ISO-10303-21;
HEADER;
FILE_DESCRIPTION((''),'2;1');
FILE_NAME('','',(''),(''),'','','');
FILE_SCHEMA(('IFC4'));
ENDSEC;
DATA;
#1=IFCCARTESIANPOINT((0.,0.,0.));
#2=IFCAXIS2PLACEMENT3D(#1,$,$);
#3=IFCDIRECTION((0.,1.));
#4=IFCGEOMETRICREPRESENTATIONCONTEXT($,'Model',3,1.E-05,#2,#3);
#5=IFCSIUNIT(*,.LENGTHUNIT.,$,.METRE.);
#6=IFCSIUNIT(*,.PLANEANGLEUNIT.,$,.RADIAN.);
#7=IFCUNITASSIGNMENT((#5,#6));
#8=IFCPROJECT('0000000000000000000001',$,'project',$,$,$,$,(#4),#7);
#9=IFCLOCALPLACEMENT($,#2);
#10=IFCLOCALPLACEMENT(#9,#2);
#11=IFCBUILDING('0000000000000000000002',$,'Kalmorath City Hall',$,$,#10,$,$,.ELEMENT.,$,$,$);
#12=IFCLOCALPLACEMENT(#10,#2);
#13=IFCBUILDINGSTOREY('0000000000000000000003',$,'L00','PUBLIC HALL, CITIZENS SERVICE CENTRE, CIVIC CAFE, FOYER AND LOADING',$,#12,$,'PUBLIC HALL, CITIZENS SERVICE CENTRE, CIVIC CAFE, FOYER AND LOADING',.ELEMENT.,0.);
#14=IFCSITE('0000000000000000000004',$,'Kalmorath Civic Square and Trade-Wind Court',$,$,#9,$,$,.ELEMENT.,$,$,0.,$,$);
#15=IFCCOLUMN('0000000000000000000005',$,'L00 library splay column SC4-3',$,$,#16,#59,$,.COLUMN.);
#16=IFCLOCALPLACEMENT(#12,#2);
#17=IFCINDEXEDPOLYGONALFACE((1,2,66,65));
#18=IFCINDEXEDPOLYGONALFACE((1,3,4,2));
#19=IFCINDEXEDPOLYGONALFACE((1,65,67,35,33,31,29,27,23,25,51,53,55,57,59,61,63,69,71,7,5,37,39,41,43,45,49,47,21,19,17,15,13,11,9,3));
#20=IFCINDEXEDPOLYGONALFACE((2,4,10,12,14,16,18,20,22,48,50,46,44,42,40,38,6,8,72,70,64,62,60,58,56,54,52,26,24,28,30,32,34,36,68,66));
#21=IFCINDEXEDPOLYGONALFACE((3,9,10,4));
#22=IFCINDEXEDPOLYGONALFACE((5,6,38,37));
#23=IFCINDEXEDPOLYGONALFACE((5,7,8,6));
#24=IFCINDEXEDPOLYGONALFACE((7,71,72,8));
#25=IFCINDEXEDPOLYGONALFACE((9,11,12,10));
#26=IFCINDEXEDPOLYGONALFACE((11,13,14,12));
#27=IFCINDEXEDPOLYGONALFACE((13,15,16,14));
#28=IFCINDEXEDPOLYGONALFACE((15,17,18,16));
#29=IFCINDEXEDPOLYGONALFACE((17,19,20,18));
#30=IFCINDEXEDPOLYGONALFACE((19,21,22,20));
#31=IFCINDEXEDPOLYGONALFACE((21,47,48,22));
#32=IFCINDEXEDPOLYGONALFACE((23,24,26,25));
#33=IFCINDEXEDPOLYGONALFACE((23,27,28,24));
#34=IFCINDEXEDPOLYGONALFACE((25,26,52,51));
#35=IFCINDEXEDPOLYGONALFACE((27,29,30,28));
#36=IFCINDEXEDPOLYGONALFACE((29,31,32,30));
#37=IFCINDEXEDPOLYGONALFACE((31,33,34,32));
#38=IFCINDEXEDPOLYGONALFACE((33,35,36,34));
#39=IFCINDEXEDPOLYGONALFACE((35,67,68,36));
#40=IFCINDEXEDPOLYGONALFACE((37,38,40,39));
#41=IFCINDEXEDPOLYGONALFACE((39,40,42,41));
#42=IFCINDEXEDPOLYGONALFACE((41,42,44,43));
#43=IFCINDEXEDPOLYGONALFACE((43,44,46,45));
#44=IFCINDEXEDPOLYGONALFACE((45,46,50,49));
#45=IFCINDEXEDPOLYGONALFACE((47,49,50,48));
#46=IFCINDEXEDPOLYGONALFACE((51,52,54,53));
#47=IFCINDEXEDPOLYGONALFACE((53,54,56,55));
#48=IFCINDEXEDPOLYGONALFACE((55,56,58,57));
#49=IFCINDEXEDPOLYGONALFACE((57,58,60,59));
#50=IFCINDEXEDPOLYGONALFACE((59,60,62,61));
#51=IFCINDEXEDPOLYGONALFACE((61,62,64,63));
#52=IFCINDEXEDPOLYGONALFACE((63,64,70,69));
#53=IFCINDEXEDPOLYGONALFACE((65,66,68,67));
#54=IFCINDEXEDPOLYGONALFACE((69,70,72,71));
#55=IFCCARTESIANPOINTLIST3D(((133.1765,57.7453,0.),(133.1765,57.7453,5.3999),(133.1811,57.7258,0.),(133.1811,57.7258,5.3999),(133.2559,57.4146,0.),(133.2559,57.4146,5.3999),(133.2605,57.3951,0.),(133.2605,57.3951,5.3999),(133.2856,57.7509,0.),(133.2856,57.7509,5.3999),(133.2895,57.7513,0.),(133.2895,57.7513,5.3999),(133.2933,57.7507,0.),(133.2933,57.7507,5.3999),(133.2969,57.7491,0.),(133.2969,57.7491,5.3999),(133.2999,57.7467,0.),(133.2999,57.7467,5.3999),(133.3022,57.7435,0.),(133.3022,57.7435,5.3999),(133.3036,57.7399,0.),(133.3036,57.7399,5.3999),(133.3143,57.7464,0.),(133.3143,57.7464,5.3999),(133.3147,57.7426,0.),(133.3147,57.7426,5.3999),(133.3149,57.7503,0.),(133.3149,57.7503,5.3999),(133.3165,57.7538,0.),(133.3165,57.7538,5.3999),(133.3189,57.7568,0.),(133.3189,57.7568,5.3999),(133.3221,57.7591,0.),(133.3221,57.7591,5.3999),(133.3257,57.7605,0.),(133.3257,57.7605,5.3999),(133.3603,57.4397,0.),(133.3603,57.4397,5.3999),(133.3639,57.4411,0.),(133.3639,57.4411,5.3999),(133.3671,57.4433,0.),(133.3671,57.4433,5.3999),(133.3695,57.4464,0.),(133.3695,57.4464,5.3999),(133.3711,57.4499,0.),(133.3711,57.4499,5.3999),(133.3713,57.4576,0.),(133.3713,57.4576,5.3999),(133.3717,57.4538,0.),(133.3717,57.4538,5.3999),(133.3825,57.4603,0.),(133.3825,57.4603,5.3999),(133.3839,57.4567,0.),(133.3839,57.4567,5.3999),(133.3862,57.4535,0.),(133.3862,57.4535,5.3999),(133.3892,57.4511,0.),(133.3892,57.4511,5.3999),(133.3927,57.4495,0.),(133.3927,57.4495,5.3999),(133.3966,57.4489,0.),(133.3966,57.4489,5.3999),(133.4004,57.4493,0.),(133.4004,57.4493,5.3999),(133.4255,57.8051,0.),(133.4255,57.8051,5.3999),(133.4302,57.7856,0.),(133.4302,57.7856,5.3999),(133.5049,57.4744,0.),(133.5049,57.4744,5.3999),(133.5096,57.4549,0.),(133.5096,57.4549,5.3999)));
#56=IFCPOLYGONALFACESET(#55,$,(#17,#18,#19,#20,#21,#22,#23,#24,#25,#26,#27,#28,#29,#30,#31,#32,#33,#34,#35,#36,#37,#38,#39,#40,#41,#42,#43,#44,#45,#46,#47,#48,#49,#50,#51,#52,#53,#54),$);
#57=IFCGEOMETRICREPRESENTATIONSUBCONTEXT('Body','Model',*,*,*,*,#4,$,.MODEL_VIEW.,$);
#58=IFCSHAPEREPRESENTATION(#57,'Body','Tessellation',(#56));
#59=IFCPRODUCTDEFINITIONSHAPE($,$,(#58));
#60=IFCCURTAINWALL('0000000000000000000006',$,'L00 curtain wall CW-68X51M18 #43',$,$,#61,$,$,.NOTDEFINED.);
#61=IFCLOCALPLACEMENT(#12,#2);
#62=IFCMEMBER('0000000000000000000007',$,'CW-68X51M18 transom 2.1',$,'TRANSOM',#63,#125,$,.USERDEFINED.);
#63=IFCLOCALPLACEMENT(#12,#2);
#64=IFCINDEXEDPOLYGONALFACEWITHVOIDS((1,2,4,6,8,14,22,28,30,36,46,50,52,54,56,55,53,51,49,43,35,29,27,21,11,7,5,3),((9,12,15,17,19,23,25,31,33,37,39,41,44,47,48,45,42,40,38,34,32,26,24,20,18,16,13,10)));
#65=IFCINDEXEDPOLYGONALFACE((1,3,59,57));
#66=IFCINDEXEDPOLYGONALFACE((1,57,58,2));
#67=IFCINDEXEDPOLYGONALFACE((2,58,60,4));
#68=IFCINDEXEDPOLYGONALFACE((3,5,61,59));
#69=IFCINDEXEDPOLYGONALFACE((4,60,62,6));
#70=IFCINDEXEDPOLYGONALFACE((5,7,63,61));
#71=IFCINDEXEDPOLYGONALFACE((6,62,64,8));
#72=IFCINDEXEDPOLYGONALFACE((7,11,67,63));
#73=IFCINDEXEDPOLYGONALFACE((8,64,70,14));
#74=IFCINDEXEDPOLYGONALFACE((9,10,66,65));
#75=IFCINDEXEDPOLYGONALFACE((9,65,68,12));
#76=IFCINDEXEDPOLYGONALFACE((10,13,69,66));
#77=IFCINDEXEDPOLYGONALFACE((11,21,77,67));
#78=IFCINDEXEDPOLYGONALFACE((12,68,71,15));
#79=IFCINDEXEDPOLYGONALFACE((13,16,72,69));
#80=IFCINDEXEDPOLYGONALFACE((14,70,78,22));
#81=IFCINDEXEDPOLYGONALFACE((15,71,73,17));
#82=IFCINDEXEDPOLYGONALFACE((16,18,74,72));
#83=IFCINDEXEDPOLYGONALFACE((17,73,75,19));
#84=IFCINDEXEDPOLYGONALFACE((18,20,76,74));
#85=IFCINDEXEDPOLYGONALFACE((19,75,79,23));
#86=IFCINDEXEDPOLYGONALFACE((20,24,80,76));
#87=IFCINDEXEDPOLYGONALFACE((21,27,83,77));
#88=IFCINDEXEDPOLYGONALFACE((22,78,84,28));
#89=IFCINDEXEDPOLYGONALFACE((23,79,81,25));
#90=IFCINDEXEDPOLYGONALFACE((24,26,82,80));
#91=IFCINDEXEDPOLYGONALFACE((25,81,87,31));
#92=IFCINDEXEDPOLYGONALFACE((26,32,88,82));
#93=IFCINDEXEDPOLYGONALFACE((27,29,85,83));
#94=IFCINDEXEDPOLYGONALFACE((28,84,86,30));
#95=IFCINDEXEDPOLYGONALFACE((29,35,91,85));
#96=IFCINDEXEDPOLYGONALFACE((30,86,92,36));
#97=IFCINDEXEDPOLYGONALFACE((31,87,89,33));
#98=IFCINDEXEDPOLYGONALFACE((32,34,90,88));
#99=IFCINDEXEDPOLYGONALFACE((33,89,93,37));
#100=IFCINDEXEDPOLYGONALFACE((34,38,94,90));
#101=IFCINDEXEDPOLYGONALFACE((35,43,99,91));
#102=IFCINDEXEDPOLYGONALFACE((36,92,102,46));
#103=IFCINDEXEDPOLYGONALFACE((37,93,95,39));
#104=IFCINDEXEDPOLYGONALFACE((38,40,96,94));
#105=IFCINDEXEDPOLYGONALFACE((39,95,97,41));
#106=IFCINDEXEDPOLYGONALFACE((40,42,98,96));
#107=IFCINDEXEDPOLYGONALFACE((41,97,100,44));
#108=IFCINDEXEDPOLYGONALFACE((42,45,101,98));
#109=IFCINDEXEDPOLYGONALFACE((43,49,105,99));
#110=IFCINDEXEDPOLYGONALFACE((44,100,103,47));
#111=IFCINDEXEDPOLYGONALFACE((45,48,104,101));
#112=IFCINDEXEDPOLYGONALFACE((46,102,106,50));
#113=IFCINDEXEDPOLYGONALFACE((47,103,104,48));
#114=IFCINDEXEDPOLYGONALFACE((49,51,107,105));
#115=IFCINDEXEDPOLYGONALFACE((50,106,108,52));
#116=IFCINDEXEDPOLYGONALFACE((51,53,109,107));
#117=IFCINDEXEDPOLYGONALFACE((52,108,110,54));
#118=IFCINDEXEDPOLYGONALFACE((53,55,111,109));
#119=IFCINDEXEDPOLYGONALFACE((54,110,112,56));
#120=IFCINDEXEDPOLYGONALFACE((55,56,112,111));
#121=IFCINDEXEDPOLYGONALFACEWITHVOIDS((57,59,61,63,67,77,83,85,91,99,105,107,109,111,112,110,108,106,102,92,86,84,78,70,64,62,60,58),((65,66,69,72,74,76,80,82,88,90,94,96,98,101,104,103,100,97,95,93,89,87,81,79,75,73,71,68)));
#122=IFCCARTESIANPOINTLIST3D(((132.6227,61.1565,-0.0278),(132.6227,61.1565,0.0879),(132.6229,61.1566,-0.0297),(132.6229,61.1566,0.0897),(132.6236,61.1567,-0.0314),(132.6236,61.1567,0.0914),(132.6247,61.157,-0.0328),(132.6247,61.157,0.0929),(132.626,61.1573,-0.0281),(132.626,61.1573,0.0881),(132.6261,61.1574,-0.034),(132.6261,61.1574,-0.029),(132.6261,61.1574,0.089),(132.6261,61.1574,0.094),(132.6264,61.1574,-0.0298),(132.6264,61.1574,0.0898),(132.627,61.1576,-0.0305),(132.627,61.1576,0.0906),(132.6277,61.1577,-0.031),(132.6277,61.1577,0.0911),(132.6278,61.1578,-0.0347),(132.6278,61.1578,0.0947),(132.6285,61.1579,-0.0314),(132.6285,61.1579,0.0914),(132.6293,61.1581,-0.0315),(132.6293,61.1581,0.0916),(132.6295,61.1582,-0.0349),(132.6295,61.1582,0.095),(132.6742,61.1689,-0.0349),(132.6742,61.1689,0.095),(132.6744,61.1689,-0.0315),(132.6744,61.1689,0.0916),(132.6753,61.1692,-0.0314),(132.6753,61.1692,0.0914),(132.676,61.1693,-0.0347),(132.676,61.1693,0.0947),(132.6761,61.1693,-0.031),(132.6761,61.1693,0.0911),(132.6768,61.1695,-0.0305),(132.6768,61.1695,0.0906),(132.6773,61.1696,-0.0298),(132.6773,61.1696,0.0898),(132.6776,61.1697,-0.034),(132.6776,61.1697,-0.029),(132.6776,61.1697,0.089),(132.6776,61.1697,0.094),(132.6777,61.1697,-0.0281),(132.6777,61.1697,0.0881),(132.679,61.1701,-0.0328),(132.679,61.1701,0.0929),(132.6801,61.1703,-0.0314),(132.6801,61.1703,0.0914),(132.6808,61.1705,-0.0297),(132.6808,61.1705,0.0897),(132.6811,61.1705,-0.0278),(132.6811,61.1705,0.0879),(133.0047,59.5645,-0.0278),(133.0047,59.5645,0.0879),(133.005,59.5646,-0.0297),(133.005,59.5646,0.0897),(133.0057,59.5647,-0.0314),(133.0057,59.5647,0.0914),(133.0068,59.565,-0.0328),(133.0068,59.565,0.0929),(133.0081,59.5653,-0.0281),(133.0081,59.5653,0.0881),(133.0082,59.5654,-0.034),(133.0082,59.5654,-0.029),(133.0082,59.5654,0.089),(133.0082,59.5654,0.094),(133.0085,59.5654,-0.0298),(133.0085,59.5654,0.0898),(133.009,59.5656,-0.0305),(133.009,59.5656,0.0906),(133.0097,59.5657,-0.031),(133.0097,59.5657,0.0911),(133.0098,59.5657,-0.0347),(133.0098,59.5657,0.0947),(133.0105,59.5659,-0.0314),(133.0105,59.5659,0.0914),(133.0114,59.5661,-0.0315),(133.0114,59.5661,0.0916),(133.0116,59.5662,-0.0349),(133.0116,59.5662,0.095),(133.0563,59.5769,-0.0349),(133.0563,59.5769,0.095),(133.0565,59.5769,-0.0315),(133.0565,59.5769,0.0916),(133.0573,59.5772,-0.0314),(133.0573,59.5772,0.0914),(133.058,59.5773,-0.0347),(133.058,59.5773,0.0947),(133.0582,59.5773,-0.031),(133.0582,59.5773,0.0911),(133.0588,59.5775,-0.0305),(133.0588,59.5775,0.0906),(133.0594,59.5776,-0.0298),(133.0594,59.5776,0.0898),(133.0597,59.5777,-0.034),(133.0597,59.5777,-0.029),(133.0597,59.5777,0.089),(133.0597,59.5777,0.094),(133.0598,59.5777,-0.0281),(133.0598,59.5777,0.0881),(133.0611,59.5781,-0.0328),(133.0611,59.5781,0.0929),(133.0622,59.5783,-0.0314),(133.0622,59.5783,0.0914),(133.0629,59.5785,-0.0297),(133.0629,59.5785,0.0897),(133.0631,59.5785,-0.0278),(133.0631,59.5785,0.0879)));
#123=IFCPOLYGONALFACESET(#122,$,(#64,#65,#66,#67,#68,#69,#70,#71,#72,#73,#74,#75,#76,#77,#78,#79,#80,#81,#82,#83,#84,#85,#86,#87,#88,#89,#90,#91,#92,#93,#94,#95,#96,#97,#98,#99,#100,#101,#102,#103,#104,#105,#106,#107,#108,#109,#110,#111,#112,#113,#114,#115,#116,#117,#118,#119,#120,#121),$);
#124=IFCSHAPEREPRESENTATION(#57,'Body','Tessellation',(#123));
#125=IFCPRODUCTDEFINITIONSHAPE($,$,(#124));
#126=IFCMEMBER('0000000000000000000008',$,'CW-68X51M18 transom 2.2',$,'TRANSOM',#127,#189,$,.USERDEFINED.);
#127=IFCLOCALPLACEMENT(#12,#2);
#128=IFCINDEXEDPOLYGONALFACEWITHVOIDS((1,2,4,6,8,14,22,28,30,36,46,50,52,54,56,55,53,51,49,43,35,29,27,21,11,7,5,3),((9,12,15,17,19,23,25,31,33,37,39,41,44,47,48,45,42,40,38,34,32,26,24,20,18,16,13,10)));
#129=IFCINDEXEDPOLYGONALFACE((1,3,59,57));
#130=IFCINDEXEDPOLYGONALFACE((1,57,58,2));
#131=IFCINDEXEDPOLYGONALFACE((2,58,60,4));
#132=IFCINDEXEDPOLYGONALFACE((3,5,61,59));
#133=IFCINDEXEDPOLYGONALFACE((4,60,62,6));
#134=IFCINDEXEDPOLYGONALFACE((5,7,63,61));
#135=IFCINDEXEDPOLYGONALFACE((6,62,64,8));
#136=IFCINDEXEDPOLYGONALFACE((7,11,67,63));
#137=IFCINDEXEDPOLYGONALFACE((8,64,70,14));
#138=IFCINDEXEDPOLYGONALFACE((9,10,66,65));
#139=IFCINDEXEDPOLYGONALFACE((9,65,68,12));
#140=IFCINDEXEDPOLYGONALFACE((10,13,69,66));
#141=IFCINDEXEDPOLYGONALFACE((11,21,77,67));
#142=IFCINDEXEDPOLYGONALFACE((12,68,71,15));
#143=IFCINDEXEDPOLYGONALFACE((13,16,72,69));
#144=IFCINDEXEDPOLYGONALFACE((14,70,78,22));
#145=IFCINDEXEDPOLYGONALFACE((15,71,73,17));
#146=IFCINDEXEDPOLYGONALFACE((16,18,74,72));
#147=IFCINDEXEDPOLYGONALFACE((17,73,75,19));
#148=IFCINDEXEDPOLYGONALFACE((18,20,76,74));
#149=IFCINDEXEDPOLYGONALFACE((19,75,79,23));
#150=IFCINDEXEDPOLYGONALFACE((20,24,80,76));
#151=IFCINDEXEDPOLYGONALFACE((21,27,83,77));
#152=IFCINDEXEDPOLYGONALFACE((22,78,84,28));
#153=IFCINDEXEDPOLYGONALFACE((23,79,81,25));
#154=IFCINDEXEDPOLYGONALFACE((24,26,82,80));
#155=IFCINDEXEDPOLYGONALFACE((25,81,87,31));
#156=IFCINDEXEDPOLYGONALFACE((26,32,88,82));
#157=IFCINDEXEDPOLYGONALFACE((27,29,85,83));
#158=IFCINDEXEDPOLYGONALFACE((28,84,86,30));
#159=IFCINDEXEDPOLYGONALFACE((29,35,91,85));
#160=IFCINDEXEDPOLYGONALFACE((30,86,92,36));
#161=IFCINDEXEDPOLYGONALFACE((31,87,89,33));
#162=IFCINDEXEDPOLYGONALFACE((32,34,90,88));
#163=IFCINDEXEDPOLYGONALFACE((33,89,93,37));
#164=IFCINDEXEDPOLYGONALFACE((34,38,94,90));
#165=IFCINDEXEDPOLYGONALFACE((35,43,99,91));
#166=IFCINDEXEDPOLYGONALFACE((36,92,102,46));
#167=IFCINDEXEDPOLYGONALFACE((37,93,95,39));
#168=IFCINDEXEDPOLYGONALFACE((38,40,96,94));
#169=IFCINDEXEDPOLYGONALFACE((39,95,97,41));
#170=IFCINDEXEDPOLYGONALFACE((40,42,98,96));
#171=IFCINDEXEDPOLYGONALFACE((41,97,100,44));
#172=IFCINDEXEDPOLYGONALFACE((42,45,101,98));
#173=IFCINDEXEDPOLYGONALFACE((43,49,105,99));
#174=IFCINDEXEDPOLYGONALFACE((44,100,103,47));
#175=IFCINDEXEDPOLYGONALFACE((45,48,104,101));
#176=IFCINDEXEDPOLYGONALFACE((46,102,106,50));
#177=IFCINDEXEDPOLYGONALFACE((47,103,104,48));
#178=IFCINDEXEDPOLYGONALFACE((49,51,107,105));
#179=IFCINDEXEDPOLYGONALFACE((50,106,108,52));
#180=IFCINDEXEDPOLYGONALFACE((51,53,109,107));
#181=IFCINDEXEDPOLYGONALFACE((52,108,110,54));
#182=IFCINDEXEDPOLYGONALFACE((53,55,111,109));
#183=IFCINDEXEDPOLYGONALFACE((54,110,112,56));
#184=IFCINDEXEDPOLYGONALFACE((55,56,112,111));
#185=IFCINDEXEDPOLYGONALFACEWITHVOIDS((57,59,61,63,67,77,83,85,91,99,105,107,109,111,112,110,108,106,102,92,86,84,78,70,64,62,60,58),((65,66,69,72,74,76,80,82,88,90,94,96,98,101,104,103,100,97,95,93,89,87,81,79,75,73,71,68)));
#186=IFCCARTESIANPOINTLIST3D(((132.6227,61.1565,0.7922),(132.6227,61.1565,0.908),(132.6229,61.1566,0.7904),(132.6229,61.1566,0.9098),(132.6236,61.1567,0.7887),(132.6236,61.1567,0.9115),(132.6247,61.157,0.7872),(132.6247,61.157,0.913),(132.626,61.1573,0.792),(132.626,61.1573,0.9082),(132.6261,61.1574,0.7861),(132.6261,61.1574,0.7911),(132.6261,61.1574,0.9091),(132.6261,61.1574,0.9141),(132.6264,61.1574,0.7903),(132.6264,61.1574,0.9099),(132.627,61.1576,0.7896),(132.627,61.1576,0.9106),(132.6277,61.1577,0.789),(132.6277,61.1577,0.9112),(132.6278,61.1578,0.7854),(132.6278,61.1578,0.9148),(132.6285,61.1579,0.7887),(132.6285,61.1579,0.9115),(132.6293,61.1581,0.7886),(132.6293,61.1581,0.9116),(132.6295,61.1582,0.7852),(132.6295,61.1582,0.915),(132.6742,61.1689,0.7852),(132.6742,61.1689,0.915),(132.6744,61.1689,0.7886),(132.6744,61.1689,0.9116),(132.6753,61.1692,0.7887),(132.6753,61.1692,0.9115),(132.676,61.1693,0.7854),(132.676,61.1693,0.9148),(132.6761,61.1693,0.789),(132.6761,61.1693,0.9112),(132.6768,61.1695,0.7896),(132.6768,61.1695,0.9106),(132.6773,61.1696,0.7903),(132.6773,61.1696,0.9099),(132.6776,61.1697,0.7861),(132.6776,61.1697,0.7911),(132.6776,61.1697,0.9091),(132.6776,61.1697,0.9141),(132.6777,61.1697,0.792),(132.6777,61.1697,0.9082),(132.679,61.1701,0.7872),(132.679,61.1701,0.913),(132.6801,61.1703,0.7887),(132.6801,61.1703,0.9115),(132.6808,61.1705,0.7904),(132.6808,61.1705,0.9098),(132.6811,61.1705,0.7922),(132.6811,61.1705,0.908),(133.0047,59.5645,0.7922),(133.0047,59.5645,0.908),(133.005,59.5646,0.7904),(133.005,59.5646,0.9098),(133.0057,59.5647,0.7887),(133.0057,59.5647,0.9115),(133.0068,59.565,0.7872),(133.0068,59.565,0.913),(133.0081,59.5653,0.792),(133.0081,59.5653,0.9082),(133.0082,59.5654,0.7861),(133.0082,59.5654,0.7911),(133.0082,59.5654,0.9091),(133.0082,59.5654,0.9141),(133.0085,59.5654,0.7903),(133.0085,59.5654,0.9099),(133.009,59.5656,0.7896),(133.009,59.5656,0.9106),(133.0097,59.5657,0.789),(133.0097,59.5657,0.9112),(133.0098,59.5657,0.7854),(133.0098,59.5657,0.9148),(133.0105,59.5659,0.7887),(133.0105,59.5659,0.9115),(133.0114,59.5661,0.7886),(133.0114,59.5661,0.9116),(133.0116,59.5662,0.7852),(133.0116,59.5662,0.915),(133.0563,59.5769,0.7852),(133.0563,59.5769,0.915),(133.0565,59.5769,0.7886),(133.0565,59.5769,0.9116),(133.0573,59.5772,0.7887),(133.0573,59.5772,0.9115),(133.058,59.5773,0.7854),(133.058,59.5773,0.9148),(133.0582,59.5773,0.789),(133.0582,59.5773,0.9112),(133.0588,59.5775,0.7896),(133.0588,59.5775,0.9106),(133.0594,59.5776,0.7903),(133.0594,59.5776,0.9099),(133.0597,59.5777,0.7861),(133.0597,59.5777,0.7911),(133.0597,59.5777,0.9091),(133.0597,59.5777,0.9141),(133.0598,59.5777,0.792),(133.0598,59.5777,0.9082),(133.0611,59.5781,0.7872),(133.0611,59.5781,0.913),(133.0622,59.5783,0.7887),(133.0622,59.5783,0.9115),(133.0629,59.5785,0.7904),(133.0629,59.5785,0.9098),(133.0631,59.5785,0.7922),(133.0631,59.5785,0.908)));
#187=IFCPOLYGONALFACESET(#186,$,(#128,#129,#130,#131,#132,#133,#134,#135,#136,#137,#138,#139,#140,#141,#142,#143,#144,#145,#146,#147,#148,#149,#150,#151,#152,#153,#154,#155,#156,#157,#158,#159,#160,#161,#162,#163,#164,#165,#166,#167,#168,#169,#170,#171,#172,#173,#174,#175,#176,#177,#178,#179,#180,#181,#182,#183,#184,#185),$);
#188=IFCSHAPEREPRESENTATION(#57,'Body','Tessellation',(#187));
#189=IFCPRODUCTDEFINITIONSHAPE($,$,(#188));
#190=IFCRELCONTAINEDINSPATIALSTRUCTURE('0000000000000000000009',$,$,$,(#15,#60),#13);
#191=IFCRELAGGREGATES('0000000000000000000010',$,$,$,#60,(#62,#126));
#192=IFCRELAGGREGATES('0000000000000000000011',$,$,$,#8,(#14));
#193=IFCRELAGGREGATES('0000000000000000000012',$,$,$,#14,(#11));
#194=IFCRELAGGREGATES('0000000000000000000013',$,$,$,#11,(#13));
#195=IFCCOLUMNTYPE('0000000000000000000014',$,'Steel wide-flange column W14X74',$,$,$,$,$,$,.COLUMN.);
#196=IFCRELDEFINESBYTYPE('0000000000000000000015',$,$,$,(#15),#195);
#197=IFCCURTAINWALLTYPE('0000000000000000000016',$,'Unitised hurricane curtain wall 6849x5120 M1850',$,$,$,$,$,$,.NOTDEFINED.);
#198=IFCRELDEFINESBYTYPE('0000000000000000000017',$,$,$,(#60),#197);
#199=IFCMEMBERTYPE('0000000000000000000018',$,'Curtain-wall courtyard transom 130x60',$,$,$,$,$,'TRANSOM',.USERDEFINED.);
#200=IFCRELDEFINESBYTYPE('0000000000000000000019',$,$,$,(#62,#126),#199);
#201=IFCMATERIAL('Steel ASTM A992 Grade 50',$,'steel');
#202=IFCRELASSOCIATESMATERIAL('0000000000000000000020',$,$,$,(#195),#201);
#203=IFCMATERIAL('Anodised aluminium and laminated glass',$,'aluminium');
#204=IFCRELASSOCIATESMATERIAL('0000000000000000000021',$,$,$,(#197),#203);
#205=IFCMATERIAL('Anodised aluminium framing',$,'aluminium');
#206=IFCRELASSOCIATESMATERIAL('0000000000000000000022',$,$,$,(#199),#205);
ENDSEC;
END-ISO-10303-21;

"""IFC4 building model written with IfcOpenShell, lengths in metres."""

from ifc_helpers import new_model, si_unit, direction, frame, origin, origin_2d, place, context, subcontext, project, spatial, hollow_rectangle, i_section, extrude, material, material_profile, profile_set, type_object, element, aggregate, save


model = new_model("IFC4")

# Units and contexts
model_context = context("Model", 3, precision=1e-05, world=origin(), true_north=direction((0.0, 1.0)))
body_context = subcontext(model_context, "Body", "Model", "MODEL_VIEW")
ifc_project = project(units=[si_unit("LENGTHUNIT", "METRE"), si_unit("PLANEANGLEUNIT", "RADIAN")], contexts=[model_context])

# Site, building, storey
site_placement = place(None, origin())
site = spatial("IfcSite", under=ifc_project, at=site_placement, Name="Kalmorath Civic Square and Trade-Wind Court", CompositionType="ELEMENT", RefElevation=0.0)
building_placement = place(site_placement, origin())
building = spatial("IfcBuilding", under=site, at=building_placement, Name="Kalmorath City Hall", CompositionType="ELEMENT")
storey_placement = place(building_placement, origin())
storey = spatial("IfcBuildingStorey", under=building, at=storey_placement, Name="L00", Description="PUBLIC HALL, CITIZENS SERVICE CENTRE, CIVIC CAFE, FOYER AND LOADING", LongName="PUBLIC HALL, CITIZENS SERVICE CENTRE, CIVIC CAFE, FOYER AND LOADING", CompositionType="ELEMENT", Elevation=0.0)

# Column
ifc_material_1 = material(Name="Steel ASTM A992 Grade 50", Category="steel")
ifc_material_profile_1 = material_profile(ifc_material_1, i_section(OverallWidth=0.2561, OverallDepth=0.3601, WebThickness=0.0115, FlangeThickness=0.02, FilletRadius=0.0149, at=origin_2d()), Name="W14X74")
ifc_profile_set_1 = profile_set([ifc_material_profile_1], Name="Steel ASTM A992 Grade 50")
column_type = type_object("IfcColumnType", Name="Steel wide-flange column W14X74", PredefinedType="COLUMN", material=ifc_profile_set_1)
column_placement = place(storey_placement, frame((133.343, 57.6001, 0.0), z_axis=(0.0, 0.0, 1.0), x_axis=(0.97237, 0.233445, 0.0)))
element("IfcColumn", 1, at=column_placement, inside=storey, type_object=column_type, Name="L00 library splay column SC4-3", PredefinedType="COLUMN", context=body_context, shape_type="SweptSolid", body=[
    extrude(i_section(OverallWidth=0.2561, OverallDepth=0.3601, WebThickness=0.0115, FlangeThickness=0.02, FilletRadius=0.0149, at=origin_2d()), origin(), (0.0, 0.0, 1.0), 5.3999),
])

# Curtain wall, members
ifc_material_2 = material(Name="Anodised aluminium and laminated glass", Category="aluminium")
curtain_wall_type = type_object("IfcCurtainWallType", Name="Unitised hurricane curtain wall 6849x5120 M1850", PredefinedType="NOTDEFINED", material=ifc_material_2)
curtain_wall_placement = place(storey_placement, origin())
curtain_wall = element("IfcCurtainWall", 2, at=curtain_wall_placement, inside=storey, type_object=curtain_wall_type, Name="L00 curtain wall CW-68X51M18 #43", PredefinedType="NOTDEFINED")
ifc_material_3 = material(Name="Anodised aluminium framing", Category="aluminium")
ifc_material_profile_2 = material_profile(ifc_material_3, hollow_rectangle(XDim=0.0601, YDim=0.1299, WallThickness=0.0034, InnerFilletRadius=0.0034, OuterFilletRadius=0.0071, at=origin_2d()), Name="ALU-TRN-130X60X3.5")
ifc_profile_set_2 = profile_set([ifc_material_profile_2], Name="Anodised aluminium framing")
member_type_1 = type_object("IfcMemberType", Name="Curtain-wall courtyard transom 130x60", ElementType="TRANSOM", PredefinedType="USERDEFINED", material=ifc_profile_set_2)
member_1_placement = place(storey_placement, frame((133.0339, 59.5715, 0.03), z_axis=(-0.233367, 0.972389, 0.0), x_axis=(-0.972389, -0.233367, 0.0)))
member_1 = element("IfcMember", 3, at=member_1_placement, type_object=member_type_1, Name="CW-68X51M18 transom 2.1", ObjectType="TRANSOM", PredefinedType="USERDEFINED", context=body_context, shape_type="SweptSolid", body=[
    extrude(hollow_rectangle(XDim=0.0601, YDim=0.1299, WallThickness=0.0034, InnerFilletRadius=0.0034, OuterFilletRadius=0.0071, at=origin_2d()), origin(), (0.0, 0.0, 1.0), 1.6372),
])
member_2_placement = place(storey_placement, frame((133.0339, 59.5715, 0.8501), z_axis=(-0.233367, 0.972389, 0.0), x_axis=(-0.972389, -0.233367, 0.0)))
member_2 = element("IfcMember", 4, at=member_2_placement, type_object=member_type_1, Name="CW-68X51M18 transom 2.2", ObjectType="TRANSOM", PredefinedType="USERDEFINED", context=body_context, shape_type="SweptSolid", body=[
    extrude(hollow_rectangle(XDim=0.0601, YDim=0.1299, WallThickness=0.0034, InnerFilletRadius=0.0034, OuterFilletRadius=0.0071, at=origin_2d()), origin(), (0.0, 0.0, 1.0), 1.6372),
])
aggregate(curtain_wall, [member_1, member_2])

save(model, "model.ifc")
